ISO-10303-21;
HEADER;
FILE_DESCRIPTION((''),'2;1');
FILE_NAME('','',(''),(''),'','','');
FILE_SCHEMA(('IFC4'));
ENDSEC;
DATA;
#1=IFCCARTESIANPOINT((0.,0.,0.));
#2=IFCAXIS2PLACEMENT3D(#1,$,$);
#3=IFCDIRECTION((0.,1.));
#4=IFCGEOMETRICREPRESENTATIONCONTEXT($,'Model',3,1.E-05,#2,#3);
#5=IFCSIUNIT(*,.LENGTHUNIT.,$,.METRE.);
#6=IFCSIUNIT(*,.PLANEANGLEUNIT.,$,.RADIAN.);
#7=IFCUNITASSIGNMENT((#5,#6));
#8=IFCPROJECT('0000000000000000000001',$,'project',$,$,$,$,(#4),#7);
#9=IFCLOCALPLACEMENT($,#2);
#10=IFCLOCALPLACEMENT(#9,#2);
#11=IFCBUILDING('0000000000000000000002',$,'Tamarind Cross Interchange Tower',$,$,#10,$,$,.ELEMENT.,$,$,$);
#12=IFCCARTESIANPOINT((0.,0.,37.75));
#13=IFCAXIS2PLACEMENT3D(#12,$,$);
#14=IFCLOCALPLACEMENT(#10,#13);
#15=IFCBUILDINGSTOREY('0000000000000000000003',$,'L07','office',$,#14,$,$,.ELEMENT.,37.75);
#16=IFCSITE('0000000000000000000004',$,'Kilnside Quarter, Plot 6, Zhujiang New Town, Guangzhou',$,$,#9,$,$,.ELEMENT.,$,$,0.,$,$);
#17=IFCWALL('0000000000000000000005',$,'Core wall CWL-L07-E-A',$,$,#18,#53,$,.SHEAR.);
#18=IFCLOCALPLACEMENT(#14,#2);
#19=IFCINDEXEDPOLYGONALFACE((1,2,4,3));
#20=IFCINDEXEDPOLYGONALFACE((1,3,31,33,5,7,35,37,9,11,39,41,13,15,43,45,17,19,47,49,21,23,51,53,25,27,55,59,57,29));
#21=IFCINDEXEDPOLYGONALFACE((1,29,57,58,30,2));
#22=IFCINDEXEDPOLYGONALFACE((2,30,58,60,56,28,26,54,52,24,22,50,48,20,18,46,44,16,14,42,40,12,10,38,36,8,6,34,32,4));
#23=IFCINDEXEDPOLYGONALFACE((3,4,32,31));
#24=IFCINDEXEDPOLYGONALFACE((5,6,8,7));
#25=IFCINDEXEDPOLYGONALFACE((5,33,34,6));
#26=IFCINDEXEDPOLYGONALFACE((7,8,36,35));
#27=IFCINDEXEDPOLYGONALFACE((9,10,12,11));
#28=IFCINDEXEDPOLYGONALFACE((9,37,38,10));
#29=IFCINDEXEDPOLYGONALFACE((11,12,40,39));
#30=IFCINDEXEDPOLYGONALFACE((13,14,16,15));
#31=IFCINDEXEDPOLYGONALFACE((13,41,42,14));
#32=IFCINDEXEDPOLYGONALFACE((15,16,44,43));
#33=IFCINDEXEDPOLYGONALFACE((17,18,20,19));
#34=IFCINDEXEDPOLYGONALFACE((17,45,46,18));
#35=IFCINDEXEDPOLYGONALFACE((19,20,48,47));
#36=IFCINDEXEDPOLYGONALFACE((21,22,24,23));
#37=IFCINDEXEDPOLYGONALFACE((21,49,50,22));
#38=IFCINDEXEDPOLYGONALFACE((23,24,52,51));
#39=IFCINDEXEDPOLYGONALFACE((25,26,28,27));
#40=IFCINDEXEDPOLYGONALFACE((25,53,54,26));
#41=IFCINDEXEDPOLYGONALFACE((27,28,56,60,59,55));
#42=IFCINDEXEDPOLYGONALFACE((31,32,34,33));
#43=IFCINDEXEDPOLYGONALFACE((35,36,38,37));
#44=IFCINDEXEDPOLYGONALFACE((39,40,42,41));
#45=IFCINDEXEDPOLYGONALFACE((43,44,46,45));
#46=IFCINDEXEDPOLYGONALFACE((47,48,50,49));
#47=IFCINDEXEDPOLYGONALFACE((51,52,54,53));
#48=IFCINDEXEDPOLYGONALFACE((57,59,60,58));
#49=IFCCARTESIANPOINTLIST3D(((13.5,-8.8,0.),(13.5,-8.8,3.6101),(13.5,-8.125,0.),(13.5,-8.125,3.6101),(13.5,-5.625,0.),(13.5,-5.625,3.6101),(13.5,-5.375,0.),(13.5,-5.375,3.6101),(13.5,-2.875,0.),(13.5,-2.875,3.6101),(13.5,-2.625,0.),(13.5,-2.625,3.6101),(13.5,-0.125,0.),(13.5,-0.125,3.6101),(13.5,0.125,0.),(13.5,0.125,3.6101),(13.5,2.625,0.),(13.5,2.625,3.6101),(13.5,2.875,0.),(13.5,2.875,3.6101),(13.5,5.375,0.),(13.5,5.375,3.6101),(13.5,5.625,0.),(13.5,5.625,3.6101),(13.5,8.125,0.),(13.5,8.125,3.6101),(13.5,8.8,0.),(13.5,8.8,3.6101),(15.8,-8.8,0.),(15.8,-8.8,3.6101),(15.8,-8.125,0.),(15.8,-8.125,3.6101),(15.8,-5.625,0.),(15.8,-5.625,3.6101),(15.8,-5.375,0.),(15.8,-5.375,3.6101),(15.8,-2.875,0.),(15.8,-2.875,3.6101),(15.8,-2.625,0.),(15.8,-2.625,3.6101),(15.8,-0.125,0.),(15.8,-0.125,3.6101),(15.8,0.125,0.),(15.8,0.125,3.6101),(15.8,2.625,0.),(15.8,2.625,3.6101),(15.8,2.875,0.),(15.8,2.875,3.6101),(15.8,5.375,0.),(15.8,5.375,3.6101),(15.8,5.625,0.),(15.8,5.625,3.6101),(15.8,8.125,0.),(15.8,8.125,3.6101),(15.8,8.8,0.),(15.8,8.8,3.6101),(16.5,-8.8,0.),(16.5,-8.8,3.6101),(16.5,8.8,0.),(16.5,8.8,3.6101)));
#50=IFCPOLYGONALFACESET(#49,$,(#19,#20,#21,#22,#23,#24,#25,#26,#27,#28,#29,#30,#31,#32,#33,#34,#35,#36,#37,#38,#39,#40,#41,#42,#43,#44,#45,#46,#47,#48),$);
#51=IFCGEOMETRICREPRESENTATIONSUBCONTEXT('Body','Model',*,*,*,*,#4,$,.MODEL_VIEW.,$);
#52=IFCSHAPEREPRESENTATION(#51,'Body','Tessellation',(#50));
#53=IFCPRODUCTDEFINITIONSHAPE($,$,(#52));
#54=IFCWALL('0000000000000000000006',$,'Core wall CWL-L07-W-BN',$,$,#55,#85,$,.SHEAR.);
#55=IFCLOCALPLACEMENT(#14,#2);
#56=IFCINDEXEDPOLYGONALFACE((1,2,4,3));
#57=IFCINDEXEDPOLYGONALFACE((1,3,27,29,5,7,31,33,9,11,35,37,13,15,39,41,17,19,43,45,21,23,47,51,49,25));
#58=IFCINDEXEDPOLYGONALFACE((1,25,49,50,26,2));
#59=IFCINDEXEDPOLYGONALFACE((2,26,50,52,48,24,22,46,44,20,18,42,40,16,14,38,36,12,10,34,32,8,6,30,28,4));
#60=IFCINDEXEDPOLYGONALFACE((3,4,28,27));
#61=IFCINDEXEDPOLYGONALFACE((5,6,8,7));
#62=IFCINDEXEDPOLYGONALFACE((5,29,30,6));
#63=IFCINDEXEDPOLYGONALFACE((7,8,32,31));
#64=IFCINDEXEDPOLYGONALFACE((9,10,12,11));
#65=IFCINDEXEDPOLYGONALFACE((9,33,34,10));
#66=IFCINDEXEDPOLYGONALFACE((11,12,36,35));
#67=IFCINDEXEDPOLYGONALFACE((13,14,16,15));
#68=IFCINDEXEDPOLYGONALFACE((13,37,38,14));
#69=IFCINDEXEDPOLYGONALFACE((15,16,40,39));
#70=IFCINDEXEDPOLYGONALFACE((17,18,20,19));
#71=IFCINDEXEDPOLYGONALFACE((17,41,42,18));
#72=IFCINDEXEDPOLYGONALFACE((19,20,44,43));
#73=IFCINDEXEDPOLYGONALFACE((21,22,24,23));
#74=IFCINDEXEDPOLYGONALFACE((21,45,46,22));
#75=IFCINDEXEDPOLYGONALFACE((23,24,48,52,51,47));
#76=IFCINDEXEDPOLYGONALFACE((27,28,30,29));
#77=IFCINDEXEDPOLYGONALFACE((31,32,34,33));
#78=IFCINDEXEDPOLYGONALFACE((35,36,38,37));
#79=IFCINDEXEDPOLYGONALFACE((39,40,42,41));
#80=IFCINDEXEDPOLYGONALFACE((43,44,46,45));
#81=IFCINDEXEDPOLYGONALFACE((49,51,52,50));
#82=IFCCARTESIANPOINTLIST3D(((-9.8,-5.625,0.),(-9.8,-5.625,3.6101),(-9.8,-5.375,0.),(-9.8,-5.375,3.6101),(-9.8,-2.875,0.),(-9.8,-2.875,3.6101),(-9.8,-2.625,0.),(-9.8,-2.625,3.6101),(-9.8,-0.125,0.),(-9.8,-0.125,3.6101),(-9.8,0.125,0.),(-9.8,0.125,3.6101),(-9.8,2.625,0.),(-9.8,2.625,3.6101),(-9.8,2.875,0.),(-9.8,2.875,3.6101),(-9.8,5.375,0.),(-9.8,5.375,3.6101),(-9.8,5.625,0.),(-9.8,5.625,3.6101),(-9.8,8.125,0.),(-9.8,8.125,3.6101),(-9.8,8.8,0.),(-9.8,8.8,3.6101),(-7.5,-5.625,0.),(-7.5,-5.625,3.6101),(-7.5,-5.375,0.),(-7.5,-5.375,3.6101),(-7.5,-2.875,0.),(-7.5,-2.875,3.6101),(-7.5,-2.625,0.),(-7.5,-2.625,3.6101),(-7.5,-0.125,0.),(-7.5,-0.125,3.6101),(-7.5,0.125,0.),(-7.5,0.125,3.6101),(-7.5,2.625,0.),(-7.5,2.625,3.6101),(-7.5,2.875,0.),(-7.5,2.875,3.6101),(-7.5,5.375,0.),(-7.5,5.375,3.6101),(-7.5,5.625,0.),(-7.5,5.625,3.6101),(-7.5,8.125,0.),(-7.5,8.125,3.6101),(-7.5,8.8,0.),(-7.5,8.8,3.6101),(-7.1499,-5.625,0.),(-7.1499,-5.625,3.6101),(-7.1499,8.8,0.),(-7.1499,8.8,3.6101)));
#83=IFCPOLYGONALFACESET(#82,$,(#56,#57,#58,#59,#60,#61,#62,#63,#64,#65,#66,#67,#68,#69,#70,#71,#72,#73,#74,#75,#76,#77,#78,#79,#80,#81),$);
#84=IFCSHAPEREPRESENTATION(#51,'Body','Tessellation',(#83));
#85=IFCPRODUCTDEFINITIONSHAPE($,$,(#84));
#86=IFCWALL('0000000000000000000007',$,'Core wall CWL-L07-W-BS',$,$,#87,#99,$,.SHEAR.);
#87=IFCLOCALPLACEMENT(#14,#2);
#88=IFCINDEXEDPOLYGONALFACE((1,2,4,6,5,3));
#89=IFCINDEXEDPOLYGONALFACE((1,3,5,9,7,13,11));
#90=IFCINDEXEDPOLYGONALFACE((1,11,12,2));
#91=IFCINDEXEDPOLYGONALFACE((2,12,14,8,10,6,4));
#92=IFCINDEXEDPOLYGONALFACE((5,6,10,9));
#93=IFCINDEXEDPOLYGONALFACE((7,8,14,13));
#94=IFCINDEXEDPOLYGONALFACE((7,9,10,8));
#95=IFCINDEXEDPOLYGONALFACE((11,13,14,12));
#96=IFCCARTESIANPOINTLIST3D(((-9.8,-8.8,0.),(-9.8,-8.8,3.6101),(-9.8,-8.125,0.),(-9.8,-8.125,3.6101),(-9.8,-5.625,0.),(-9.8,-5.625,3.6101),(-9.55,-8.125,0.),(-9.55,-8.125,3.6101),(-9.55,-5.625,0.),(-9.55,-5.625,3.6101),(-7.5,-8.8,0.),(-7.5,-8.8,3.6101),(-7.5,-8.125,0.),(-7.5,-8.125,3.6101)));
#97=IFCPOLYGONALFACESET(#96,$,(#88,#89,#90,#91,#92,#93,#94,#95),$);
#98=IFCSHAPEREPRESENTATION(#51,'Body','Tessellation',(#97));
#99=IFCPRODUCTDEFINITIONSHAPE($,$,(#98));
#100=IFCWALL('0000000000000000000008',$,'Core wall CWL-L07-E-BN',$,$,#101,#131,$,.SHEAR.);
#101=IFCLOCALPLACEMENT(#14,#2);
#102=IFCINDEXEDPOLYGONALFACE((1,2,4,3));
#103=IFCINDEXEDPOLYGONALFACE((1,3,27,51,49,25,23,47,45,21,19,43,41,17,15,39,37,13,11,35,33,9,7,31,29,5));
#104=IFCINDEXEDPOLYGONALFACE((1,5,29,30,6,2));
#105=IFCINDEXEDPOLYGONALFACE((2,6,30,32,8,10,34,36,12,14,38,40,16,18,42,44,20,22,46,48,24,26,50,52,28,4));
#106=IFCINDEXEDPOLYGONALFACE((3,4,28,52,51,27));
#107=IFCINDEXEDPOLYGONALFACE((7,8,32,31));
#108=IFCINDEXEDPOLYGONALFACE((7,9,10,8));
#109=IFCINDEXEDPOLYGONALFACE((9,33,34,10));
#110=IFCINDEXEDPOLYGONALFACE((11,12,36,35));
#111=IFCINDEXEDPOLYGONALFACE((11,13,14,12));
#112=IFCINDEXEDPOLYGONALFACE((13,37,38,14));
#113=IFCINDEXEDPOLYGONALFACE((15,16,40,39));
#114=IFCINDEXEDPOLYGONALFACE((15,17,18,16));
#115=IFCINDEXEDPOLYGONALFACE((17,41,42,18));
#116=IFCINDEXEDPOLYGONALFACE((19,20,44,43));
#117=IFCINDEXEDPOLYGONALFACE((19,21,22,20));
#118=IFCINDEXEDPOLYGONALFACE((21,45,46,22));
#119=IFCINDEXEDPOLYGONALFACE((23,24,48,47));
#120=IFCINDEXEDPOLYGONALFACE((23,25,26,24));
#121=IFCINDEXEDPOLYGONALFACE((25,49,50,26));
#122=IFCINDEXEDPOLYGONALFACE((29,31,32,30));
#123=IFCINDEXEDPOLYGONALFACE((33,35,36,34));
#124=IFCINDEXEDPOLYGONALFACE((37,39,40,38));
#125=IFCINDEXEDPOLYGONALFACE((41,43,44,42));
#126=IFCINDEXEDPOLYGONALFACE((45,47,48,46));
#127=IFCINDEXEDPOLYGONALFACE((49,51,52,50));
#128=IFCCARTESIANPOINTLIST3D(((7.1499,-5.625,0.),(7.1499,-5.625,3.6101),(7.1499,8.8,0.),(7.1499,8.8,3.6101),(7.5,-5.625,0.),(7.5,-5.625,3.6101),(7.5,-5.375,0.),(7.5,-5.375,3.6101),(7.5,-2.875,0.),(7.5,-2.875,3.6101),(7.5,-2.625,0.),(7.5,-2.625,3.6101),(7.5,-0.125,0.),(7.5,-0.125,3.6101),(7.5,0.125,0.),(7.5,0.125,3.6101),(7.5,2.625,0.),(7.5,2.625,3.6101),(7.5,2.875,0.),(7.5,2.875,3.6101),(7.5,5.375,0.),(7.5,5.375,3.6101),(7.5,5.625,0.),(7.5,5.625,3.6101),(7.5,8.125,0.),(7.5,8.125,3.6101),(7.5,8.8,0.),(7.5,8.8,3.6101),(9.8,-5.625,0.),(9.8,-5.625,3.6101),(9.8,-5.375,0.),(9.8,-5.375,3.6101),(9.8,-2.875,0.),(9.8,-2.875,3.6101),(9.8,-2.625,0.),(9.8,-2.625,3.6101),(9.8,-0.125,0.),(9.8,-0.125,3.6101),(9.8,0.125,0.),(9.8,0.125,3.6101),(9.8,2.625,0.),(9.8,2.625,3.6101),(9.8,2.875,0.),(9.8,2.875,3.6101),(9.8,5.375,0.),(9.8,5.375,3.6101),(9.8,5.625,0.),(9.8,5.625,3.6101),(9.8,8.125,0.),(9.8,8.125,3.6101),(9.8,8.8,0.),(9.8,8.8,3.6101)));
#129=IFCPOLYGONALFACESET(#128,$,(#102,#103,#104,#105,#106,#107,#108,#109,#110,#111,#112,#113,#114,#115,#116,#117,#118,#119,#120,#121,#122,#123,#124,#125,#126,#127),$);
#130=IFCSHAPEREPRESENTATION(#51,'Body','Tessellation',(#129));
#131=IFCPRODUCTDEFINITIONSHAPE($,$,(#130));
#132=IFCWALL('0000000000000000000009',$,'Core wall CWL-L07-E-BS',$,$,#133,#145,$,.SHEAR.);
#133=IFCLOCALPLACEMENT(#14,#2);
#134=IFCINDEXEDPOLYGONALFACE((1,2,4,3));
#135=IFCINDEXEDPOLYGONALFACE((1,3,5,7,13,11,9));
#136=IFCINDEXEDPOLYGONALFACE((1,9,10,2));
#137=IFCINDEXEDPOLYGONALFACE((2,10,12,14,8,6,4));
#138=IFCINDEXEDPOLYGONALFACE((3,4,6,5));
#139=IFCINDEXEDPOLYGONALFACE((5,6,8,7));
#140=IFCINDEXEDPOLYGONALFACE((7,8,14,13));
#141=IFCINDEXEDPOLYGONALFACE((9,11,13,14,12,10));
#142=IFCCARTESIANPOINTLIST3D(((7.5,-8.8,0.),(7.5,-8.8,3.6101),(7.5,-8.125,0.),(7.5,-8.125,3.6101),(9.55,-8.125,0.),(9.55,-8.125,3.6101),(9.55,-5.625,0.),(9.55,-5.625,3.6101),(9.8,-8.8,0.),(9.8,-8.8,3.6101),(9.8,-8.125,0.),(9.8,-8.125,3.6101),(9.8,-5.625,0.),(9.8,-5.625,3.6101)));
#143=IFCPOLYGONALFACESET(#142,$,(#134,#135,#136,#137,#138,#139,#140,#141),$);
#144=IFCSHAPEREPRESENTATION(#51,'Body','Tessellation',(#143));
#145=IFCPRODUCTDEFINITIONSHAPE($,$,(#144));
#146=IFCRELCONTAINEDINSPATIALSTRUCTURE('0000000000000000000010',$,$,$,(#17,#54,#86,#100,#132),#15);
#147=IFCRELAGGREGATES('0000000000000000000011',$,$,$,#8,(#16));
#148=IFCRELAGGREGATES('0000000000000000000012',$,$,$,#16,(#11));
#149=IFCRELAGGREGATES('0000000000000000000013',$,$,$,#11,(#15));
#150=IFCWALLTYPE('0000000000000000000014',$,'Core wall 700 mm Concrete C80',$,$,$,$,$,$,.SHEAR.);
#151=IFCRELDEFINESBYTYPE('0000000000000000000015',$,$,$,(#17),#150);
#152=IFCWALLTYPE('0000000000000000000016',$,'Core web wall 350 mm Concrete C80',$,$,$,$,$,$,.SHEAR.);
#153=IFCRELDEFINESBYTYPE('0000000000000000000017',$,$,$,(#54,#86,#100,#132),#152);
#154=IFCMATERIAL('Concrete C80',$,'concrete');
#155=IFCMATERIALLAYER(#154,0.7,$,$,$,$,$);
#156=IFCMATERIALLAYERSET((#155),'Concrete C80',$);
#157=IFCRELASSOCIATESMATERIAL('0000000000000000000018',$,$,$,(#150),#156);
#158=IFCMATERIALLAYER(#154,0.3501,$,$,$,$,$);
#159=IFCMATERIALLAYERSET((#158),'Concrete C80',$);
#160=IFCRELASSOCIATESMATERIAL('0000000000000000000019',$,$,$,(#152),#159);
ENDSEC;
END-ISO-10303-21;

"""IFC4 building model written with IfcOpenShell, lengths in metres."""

from ifc_helpers import new_model, si_unit, direction, frame, origin, place, context, subcontext, project, spatial, polyline, outline, extrude, material, layer, layer_set, type_object, element, save


model = new_model("IFC4")

# Units and contexts
model_context = context("Model", 3, precision=1e-05, world=origin(), true_north=direction((0.0, 1.0)))
body_context = subcontext(model_context, "Body", "Model", "MODEL_VIEW")
ifc_project = project(units=[si_unit("LENGTHUNIT", "METRE"), si_unit("PLANEANGLEUNIT", "RADIAN")], contexts=[model_context])

# Site, building, storey
site_placement = place(None, origin())
site = spatial("IfcSite", under=ifc_project, at=site_placement, Name="Kilnside Quarter, Plot 6, Zhujiang New Town, Guangzhou", CompositionType="ELEMENT", RefElevation=0.0)
building_placement = place(site_placement, origin())
building = spatial("IfcBuilding", under=site, at=building_placement, Name="Tamarind Cross Interchange Tower", CompositionType="ELEMENT")
storey_placement = place(building_placement, frame((0.0, 0.0, 37.75)))
storey = spatial("IfcBuildingStorey", under=building, at=storey_placement, Name="L07", Description="office", CompositionType="ELEMENT", Elevation=37.75)

# Walls
ifc_material_1 = material(Name="Concrete C80", Category="concrete")
ifc_layer_1 = layer(ifc_material_1, 0.7)
ifc_layer_set_1 = layer_set([ifc_layer_1], Name="Concrete C80")
wall_type_1 = type_object("IfcWallType", Name="Core wall 700 mm Concrete C80", PredefinedType="SHEAR", material=ifc_layer_set_1)
wall_1_placement = place(storey_placement, origin())
element("IfcWall", 1, at=wall_1_placement, inside=storey, type_object=wall_type_1, Name="Core wall CWL-L07-E-A", PredefinedType="SHEAR", context=body_context, shape_type="SweptSolid", body=[
    extrude(outline(polyline([(13.5, -8.8), (15.8, -8.8), (16.5, -8.8), (16.5, 8.8), (15.8, 8.8), (13.5, 8.8), (13.5, 8.125), (15.8, 8.125), (15.8, 5.625), (13.5, 5.625), (13.5, 5.375), (15.8, 5.375), (15.8, 2.875), (13.5, 2.875), (13.5, 2.625), (15.8, 2.625), (15.8, 0.125), (13.5, 0.125), (13.5, -0.125), (15.8, -0.125), (15.8, -2.625), (13.5, -2.625), (13.5, -2.875), (15.8, -2.875), (15.8, -5.375), (13.5, -5.375), (13.5, -5.625), (15.8, -5.625), (15.8, -8.125), (13.5, -8.125), (13.5, -8.8)])), origin(), (0.0, 0.0, 1.0), 3.6101),
])
ifc_layer_2 = layer(ifc_material_1, 0.3501)
ifc_layer_set_2 = layer_set([ifc_layer_2], Name="Concrete C80")
wall_type_2 = type_object("IfcWallType", Name="Core web wall 350 mm Concrete C80", PredefinedType="SHEAR", material=ifc_layer_set_2)
wall_2_placement = place(storey_placement, origin())
element("IfcWall", 2, at=wall_2_placement, inside=storey, type_object=wall_type_2, Name="Core wall CWL-L07-W-BN", PredefinedType="SHEAR", context=body_context, shape_type="SweptSolid", body=[
    extrude(outline(polyline([(-9.8, -5.375), (-9.8, -5.625), (-7.5, -5.625), (-7.1499, -5.625), (-7.1499, 8.8), (-7.5, 8.8), (-9.8, 8.8), (-9.8, 8.125), (-7.5, 8.125), (-7.5, 5.625), (-9.8, 5.625), (-9.8, 5.375), (-7.5, 5.375), (-7.5, 2.875), (-9.8, 2.875), (-9.8, 2.625), (-7.5, 2.625), (-7.5, 0.125), (-9.8, 0.125), (-9.8, -0.125), (-7.5, -0.125), (-7.5, -2.625), (-9.8, -2.625), (-9.8, -2.875), (-7.5, -2.875), (-7.5, -5.375), (-9.8, -5.375)])), origin(), (0.0, 0.0, 1.0), 3.6101),
])
wall_3_placement = place(storey_placement, origin())
element("IfcWall", 3, at=wall_3_placement, inside=storey, type_object=wall_type_2, Name="Core wall CWL-L07-W-BS", PredefinedType="SHEAR", context=body_context, shape_type="SweptSolid", body=[
    extrude(outline(polyline([(-7.5, -8.125), (-9.55, -8.125), (-9.55, -5.625), (-9.8, -5.625), (-9.8, -8.125), (-9.8, -8.8), (-7.5, -8.8), (-7.5, -8.125)])), origin(), (0.0, 0.0, 1.0), 3.6101),
])
wall_4_placement = place(storey_placement, origin())
element("IfcWall", 4, at=wall_4_placement, inside=storey, type_object=wall_type_2, Name="Core wall CWL-L07-E-BN", PredefinedType="SHEAR", context=body_context, shape_type="SweptSolid", body=[
    extrude(outline(polyline([(9.8, -5.375), (7.5, -5.375), (7.5, -2.875), (9.8, -2.875), (9.8, -2.625), (7.5, -2.625), (7.5, -0.125), (9.8, -0.125), (9.8, 0.125), (7.5, 0.125), (7.5, 2.625), (9.8, 2.625), (9.8, 2.875), (7.5, 2.875), (7.5, 5.375), (9.8, 5.375), (9.8, 5.625), (7.5, 5.625), (7.5, 8.125), (9.8, 8.125), (9.8, 8.8), (7.5, 8.8), (7.1499, 8.8), (7.1499, -5.625), (7.5, -5.625), (9.8, -5.625), (9.8, -5.375)])), origin(), (0.0, 0.0, 1.0), 3.6101),
])
wall_5_placement = place(storey_placement, origin())
element("IfcWall", 5, at=wall_5_placement, inside=storey, type_object=wall_type_2, Name="Core wall CWL-L07-E-BS", PredefinedType="SHEAR", context=body_context, shape_type="SweptSolid", body=[
    extrude(outline(polyline([(7.5, -8.125), (7.5, -8.8), (9.8, -8.8), (9.8, -8.125), (9.8, -5.625), (9.55, -5.625), (9.55, -8.125), (7.5, -8.125)])), origin(), (0.0, 0.0, 1.0), 3.6101),
])

save(model, "model.ifc")
